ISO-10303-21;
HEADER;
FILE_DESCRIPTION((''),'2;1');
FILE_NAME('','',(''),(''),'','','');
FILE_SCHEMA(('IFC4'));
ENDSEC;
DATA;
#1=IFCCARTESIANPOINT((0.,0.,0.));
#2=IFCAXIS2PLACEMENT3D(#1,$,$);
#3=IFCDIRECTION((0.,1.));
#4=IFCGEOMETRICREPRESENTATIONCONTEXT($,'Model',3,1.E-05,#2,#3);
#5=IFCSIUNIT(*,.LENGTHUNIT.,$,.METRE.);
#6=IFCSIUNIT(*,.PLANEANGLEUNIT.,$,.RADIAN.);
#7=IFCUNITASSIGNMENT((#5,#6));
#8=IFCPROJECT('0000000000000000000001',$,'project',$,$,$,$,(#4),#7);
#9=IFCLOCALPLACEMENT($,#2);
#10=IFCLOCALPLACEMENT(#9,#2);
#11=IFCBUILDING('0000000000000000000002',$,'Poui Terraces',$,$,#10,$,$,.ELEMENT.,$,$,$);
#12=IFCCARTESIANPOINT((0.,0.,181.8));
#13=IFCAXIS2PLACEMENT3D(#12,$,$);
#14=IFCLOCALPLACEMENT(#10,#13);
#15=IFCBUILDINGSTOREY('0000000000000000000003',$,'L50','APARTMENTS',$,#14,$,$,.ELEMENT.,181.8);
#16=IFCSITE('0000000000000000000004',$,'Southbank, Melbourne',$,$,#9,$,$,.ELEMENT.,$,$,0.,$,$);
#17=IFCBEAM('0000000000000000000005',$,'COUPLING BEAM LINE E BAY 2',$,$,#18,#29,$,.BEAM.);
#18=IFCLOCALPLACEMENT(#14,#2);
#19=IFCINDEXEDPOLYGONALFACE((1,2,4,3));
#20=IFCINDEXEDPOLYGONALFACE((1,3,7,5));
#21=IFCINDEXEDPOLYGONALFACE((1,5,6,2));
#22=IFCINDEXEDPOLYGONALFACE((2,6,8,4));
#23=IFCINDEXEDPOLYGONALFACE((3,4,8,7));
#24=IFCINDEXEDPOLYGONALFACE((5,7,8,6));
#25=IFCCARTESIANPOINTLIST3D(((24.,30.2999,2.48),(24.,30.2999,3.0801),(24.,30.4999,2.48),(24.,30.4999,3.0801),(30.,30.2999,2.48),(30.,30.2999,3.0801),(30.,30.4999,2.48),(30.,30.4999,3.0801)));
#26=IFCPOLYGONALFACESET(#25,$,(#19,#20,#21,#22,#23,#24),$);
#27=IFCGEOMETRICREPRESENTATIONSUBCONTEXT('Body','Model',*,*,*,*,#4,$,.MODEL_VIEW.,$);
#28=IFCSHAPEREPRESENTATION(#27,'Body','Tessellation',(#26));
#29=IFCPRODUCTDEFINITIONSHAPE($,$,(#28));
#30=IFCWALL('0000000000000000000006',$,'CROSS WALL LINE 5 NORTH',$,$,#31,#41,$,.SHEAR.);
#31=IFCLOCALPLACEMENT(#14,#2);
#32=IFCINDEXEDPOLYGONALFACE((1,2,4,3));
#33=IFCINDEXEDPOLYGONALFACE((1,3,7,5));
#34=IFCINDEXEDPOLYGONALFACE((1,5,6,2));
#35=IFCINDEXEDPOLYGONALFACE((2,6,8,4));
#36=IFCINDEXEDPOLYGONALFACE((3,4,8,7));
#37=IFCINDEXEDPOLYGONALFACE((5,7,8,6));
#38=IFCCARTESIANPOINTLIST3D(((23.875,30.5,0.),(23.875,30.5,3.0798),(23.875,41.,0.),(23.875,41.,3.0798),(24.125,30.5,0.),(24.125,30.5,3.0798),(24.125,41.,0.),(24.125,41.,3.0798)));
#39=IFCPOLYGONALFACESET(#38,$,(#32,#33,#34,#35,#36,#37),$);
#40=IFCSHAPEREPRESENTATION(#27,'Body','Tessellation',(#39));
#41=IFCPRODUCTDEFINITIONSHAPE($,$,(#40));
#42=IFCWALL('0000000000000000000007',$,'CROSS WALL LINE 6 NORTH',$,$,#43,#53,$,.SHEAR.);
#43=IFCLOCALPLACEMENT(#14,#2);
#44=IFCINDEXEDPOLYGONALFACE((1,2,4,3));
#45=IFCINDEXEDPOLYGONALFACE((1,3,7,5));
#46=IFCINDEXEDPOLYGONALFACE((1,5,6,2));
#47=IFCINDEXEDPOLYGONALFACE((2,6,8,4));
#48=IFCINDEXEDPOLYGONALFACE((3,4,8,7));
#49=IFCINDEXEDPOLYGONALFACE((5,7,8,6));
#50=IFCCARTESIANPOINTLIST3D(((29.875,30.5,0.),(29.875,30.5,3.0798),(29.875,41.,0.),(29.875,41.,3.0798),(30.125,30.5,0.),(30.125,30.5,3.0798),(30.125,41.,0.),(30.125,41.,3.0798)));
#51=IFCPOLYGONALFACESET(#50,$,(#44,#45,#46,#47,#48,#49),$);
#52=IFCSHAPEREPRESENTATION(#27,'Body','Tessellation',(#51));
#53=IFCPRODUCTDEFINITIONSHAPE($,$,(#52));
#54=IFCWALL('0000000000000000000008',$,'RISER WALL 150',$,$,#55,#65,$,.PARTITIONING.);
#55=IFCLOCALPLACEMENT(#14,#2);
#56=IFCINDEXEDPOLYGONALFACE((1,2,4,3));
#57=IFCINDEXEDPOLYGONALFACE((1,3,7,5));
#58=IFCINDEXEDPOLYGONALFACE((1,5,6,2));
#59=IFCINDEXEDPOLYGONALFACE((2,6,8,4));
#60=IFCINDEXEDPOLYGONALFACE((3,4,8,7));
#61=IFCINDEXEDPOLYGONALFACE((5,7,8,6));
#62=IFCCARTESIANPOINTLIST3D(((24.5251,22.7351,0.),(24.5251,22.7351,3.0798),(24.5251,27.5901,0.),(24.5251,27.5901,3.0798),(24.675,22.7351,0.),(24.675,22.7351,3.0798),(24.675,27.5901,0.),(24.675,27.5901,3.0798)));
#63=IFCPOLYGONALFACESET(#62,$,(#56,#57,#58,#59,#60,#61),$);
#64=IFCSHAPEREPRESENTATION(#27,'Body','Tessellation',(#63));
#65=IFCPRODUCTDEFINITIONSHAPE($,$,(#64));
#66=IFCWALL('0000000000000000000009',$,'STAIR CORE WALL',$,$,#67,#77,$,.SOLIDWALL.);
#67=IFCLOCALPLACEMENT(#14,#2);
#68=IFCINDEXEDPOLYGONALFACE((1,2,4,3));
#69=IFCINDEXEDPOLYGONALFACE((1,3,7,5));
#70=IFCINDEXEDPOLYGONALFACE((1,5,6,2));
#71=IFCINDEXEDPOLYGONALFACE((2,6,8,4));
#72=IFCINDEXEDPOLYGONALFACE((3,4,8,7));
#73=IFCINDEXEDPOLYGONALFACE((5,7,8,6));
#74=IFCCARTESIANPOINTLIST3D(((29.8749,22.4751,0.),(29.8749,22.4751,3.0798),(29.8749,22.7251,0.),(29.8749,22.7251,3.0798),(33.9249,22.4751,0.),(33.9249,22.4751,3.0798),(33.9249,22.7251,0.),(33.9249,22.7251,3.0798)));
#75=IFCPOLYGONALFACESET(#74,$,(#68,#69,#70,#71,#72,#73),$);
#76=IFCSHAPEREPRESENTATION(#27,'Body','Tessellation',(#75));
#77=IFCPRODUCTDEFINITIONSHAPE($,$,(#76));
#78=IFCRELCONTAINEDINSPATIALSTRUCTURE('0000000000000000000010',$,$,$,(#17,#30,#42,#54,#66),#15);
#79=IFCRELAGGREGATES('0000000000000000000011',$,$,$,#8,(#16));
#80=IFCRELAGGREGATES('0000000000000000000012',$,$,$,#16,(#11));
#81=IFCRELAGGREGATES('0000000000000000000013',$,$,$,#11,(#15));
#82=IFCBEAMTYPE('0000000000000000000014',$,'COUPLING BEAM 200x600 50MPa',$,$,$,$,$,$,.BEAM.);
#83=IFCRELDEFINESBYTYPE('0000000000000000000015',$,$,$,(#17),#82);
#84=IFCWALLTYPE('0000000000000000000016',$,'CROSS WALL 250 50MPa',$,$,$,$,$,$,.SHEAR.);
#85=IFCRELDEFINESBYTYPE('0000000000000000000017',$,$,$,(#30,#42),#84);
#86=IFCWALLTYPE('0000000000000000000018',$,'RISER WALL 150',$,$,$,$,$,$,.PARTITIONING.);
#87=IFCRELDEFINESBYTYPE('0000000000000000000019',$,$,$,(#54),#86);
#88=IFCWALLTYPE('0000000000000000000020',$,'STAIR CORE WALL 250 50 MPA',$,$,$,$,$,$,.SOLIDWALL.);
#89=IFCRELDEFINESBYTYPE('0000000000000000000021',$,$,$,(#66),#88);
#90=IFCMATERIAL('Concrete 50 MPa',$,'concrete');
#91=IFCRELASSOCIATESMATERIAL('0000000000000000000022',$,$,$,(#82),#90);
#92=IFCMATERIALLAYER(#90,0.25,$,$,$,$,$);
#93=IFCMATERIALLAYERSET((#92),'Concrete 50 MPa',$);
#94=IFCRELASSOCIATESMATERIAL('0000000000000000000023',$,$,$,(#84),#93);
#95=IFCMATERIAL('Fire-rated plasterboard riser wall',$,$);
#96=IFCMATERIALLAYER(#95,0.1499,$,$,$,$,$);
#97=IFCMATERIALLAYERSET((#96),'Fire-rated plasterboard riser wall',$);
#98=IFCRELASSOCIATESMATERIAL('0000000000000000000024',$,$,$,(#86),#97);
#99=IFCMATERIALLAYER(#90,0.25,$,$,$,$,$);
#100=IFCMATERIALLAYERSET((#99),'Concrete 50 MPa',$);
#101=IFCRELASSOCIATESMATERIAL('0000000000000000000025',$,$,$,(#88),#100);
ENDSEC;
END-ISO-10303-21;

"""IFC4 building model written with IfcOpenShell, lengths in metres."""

from ifc_helpers import new_model, si_unit, direction, frame, frame_2d, origin, origin_2d, place, context, subcontext, project, spatial, rectangle, extrude, source, transform, mapped, material, layer, layer_set, material_profile, profile_set, type_object, element, save


model = new_model("IFC4")

# Units and contexts
model_context = context("Model", 3, precision=1e-05, world=origin(), true_north=direction((0.0, 1.0)))
body_context = subcontext(model_context, "Body", "Model", "MODEL_VIEW")
ifc_project = project(units=[si_unit("LENGTHUNIT", "METRE"), si_unit("PLANEANGLEUNIT", "RADIAN")], contexts=[model_context])

# Site, building, storey
site_placement = place(None, origin())
site = spatial("IfcSite", under=ifc_project, at=site_placement, Name="Southbank, Melbourne", CompositionType="ELEMENT", RefElevation=0.0)
building_placement = place(site_placement, origin())
building = spatial("IfcBuilding", under=site, at=building_placement, Name="Poui Terraces", CompositionType="ELEMENT")
storey_placement = place(building_placement, frame((0.0, 0.0, 181.8)))
storey = spatial("IfcBuildingStorey", under=building, at=storey_placement, Name="L50", Description="APARTMENTS", CompositionType="ELEMENT", Elevation=181.8)

# Beam
ifc_material_1 = material(Name="Concrete 50 MPa", Category="concrete")
ifc_material_profile = material_profile(ifc_material_1, rectangle(XDim=0.2, YDim=0.6001, at=origin_2d()), Name="RC 200x600")
ifc_profile_set = profile_set([ifc_material_profile], Name="Concrete 50 MPa")
beam_type = type_object("IfcBeamType", Name="COUPLING BEAM 200x600 50MPa", PredefinedType="BEAM", material=ifc_profile_set)
shared_shape = source(origin(), body_context, "Body", "SweptSolid", [
    extrude(rectangle(XDim=0.2, YDim=0.6001, at=origin_2d()), origin(), (0.0, 0.0, 1.0), 6.0),
])
beam_placement = place(storey_placement, frame((24.0, 30.3999, 2.78), z_axis=(1.0, 0.0, 0.0), x_axis=(0.0, 1.0, 0.0)))
element("IfcBeam", 1, at=beam_placement, inside=storey, type_object=beam_type, Name="COUPLING BEAM LINE E BAY 2", PredefinedType="BEAM", context=body_context, shape_type="MappedRepresentation", body=[
    mapped(shared_shape, transform((0.0, 0.0, 0.0))),
])

# Walls
ifc_layer_1 = layer(ifc_material_1, 0.25)
ifc_layer_set_1 = layer_set([ifc_layer_1], Name="Concrete 50 MPa")
wall_type_1 = type_object("IfcWallType", Name="CROSS WALL 250 50MPa", PredefinedType="SHEAR", material=ifc_layer_set_1)
for number, where, z_axis, x_axis, name in (
    (2, (24.0, 30.5, 0.0), (0.0, 0.0, 1.0), (0.0, 1.0, 0.0), "CROSS WALL LINE 5 NORTH"),
    (3, (30.0, 30.5, 0.0), (0.0, 0.0, 1.0), (0.0, 1.0, 0.0), "CROSS WALL LINE 6 NORTH"),
):
    element("IfcWall", number, at=place(storey_placement, frame(where, z_axis=z_axis, x_axis=x_axis)), inside=storey, type_object=wall_type_1, Name=name, PredefinedType="SHEAR", context=body_context, shape_type="SweptSolid", body=[
        extrude(rectangle(XDim=10.5, YDim=0.25, at=frame_2d((5.25, 0.0))), origin(), (0.0, 0.0, 1.0), 3.0798),
    ])
ifc_material_2 = material(Name="Fire-rated plasterboard riser wall")
ifc_layer_2 = layer(ifc_material_2, 0.1499)
ifc_layer_set_2 = layer_set([ifc_layer_2], Name="Fire-rated plasterboard riser wall")
wall_type_2 = type_object("IfcWallType", Name="RISER WALL 150", PredefinedType="PARTITIONING", material=ifc_layer_set_2)
wall_1_placement = place(storey_placement, frame((24.6001, 22.7351, 0.0), z_axis=(0.0, 0.0, 1.0), x_axis=(0.0, 1.0, 0.0)))
element("IfcWall", 4, at=wall_1_placement, inside=storey, type_object=wall_type_2, Name="RISER WALL 150", PredefinedType="PARTITIONING", context=body_context, shape_type="SweptSolid", body=[
    extrude(rectangle(XDim=4.855, YDim=0.1499, at=frame_2d((2.4275, 0.0))), origin(), (0.0, 0.0, 1.0), 3.0798),
])
ifc_layer_3 = layer(ifc_material_1, 0.25)
ifc_layer_set_3 = layer_set([ifc_layer_3], Name="Concrete 50 MPa")
wall_type_3 = type_object("IfcWallType", Name="STAIR CORE WALL 250 50 MPA", PredefinedType="SOLIDWALL", material=ifc_layer_set_3)
wall_2_placement = place(storey_placement, frame((29.875, 22.6001, 0.0), z_axis=(0.0, 0.0, 1.0), x_axis=(1.0, 0.0, 0.0)))
element("IfcWall", 5, at=wall_2_placement, inside=storey, type_object=wall_type_3, Name="STAIR CORE WALL", PredefinedType="SOLIDWALL", context=body_context, shape_type="SweptSolid", body=[
    extrude(rectangle(XDim=4.05, YDim=0.25, at=frame_2d((2.0249, 0.0))), origin(), (0.0, 0.0, 1.0), 3.0798),
])

save(model, "model.ifc")
